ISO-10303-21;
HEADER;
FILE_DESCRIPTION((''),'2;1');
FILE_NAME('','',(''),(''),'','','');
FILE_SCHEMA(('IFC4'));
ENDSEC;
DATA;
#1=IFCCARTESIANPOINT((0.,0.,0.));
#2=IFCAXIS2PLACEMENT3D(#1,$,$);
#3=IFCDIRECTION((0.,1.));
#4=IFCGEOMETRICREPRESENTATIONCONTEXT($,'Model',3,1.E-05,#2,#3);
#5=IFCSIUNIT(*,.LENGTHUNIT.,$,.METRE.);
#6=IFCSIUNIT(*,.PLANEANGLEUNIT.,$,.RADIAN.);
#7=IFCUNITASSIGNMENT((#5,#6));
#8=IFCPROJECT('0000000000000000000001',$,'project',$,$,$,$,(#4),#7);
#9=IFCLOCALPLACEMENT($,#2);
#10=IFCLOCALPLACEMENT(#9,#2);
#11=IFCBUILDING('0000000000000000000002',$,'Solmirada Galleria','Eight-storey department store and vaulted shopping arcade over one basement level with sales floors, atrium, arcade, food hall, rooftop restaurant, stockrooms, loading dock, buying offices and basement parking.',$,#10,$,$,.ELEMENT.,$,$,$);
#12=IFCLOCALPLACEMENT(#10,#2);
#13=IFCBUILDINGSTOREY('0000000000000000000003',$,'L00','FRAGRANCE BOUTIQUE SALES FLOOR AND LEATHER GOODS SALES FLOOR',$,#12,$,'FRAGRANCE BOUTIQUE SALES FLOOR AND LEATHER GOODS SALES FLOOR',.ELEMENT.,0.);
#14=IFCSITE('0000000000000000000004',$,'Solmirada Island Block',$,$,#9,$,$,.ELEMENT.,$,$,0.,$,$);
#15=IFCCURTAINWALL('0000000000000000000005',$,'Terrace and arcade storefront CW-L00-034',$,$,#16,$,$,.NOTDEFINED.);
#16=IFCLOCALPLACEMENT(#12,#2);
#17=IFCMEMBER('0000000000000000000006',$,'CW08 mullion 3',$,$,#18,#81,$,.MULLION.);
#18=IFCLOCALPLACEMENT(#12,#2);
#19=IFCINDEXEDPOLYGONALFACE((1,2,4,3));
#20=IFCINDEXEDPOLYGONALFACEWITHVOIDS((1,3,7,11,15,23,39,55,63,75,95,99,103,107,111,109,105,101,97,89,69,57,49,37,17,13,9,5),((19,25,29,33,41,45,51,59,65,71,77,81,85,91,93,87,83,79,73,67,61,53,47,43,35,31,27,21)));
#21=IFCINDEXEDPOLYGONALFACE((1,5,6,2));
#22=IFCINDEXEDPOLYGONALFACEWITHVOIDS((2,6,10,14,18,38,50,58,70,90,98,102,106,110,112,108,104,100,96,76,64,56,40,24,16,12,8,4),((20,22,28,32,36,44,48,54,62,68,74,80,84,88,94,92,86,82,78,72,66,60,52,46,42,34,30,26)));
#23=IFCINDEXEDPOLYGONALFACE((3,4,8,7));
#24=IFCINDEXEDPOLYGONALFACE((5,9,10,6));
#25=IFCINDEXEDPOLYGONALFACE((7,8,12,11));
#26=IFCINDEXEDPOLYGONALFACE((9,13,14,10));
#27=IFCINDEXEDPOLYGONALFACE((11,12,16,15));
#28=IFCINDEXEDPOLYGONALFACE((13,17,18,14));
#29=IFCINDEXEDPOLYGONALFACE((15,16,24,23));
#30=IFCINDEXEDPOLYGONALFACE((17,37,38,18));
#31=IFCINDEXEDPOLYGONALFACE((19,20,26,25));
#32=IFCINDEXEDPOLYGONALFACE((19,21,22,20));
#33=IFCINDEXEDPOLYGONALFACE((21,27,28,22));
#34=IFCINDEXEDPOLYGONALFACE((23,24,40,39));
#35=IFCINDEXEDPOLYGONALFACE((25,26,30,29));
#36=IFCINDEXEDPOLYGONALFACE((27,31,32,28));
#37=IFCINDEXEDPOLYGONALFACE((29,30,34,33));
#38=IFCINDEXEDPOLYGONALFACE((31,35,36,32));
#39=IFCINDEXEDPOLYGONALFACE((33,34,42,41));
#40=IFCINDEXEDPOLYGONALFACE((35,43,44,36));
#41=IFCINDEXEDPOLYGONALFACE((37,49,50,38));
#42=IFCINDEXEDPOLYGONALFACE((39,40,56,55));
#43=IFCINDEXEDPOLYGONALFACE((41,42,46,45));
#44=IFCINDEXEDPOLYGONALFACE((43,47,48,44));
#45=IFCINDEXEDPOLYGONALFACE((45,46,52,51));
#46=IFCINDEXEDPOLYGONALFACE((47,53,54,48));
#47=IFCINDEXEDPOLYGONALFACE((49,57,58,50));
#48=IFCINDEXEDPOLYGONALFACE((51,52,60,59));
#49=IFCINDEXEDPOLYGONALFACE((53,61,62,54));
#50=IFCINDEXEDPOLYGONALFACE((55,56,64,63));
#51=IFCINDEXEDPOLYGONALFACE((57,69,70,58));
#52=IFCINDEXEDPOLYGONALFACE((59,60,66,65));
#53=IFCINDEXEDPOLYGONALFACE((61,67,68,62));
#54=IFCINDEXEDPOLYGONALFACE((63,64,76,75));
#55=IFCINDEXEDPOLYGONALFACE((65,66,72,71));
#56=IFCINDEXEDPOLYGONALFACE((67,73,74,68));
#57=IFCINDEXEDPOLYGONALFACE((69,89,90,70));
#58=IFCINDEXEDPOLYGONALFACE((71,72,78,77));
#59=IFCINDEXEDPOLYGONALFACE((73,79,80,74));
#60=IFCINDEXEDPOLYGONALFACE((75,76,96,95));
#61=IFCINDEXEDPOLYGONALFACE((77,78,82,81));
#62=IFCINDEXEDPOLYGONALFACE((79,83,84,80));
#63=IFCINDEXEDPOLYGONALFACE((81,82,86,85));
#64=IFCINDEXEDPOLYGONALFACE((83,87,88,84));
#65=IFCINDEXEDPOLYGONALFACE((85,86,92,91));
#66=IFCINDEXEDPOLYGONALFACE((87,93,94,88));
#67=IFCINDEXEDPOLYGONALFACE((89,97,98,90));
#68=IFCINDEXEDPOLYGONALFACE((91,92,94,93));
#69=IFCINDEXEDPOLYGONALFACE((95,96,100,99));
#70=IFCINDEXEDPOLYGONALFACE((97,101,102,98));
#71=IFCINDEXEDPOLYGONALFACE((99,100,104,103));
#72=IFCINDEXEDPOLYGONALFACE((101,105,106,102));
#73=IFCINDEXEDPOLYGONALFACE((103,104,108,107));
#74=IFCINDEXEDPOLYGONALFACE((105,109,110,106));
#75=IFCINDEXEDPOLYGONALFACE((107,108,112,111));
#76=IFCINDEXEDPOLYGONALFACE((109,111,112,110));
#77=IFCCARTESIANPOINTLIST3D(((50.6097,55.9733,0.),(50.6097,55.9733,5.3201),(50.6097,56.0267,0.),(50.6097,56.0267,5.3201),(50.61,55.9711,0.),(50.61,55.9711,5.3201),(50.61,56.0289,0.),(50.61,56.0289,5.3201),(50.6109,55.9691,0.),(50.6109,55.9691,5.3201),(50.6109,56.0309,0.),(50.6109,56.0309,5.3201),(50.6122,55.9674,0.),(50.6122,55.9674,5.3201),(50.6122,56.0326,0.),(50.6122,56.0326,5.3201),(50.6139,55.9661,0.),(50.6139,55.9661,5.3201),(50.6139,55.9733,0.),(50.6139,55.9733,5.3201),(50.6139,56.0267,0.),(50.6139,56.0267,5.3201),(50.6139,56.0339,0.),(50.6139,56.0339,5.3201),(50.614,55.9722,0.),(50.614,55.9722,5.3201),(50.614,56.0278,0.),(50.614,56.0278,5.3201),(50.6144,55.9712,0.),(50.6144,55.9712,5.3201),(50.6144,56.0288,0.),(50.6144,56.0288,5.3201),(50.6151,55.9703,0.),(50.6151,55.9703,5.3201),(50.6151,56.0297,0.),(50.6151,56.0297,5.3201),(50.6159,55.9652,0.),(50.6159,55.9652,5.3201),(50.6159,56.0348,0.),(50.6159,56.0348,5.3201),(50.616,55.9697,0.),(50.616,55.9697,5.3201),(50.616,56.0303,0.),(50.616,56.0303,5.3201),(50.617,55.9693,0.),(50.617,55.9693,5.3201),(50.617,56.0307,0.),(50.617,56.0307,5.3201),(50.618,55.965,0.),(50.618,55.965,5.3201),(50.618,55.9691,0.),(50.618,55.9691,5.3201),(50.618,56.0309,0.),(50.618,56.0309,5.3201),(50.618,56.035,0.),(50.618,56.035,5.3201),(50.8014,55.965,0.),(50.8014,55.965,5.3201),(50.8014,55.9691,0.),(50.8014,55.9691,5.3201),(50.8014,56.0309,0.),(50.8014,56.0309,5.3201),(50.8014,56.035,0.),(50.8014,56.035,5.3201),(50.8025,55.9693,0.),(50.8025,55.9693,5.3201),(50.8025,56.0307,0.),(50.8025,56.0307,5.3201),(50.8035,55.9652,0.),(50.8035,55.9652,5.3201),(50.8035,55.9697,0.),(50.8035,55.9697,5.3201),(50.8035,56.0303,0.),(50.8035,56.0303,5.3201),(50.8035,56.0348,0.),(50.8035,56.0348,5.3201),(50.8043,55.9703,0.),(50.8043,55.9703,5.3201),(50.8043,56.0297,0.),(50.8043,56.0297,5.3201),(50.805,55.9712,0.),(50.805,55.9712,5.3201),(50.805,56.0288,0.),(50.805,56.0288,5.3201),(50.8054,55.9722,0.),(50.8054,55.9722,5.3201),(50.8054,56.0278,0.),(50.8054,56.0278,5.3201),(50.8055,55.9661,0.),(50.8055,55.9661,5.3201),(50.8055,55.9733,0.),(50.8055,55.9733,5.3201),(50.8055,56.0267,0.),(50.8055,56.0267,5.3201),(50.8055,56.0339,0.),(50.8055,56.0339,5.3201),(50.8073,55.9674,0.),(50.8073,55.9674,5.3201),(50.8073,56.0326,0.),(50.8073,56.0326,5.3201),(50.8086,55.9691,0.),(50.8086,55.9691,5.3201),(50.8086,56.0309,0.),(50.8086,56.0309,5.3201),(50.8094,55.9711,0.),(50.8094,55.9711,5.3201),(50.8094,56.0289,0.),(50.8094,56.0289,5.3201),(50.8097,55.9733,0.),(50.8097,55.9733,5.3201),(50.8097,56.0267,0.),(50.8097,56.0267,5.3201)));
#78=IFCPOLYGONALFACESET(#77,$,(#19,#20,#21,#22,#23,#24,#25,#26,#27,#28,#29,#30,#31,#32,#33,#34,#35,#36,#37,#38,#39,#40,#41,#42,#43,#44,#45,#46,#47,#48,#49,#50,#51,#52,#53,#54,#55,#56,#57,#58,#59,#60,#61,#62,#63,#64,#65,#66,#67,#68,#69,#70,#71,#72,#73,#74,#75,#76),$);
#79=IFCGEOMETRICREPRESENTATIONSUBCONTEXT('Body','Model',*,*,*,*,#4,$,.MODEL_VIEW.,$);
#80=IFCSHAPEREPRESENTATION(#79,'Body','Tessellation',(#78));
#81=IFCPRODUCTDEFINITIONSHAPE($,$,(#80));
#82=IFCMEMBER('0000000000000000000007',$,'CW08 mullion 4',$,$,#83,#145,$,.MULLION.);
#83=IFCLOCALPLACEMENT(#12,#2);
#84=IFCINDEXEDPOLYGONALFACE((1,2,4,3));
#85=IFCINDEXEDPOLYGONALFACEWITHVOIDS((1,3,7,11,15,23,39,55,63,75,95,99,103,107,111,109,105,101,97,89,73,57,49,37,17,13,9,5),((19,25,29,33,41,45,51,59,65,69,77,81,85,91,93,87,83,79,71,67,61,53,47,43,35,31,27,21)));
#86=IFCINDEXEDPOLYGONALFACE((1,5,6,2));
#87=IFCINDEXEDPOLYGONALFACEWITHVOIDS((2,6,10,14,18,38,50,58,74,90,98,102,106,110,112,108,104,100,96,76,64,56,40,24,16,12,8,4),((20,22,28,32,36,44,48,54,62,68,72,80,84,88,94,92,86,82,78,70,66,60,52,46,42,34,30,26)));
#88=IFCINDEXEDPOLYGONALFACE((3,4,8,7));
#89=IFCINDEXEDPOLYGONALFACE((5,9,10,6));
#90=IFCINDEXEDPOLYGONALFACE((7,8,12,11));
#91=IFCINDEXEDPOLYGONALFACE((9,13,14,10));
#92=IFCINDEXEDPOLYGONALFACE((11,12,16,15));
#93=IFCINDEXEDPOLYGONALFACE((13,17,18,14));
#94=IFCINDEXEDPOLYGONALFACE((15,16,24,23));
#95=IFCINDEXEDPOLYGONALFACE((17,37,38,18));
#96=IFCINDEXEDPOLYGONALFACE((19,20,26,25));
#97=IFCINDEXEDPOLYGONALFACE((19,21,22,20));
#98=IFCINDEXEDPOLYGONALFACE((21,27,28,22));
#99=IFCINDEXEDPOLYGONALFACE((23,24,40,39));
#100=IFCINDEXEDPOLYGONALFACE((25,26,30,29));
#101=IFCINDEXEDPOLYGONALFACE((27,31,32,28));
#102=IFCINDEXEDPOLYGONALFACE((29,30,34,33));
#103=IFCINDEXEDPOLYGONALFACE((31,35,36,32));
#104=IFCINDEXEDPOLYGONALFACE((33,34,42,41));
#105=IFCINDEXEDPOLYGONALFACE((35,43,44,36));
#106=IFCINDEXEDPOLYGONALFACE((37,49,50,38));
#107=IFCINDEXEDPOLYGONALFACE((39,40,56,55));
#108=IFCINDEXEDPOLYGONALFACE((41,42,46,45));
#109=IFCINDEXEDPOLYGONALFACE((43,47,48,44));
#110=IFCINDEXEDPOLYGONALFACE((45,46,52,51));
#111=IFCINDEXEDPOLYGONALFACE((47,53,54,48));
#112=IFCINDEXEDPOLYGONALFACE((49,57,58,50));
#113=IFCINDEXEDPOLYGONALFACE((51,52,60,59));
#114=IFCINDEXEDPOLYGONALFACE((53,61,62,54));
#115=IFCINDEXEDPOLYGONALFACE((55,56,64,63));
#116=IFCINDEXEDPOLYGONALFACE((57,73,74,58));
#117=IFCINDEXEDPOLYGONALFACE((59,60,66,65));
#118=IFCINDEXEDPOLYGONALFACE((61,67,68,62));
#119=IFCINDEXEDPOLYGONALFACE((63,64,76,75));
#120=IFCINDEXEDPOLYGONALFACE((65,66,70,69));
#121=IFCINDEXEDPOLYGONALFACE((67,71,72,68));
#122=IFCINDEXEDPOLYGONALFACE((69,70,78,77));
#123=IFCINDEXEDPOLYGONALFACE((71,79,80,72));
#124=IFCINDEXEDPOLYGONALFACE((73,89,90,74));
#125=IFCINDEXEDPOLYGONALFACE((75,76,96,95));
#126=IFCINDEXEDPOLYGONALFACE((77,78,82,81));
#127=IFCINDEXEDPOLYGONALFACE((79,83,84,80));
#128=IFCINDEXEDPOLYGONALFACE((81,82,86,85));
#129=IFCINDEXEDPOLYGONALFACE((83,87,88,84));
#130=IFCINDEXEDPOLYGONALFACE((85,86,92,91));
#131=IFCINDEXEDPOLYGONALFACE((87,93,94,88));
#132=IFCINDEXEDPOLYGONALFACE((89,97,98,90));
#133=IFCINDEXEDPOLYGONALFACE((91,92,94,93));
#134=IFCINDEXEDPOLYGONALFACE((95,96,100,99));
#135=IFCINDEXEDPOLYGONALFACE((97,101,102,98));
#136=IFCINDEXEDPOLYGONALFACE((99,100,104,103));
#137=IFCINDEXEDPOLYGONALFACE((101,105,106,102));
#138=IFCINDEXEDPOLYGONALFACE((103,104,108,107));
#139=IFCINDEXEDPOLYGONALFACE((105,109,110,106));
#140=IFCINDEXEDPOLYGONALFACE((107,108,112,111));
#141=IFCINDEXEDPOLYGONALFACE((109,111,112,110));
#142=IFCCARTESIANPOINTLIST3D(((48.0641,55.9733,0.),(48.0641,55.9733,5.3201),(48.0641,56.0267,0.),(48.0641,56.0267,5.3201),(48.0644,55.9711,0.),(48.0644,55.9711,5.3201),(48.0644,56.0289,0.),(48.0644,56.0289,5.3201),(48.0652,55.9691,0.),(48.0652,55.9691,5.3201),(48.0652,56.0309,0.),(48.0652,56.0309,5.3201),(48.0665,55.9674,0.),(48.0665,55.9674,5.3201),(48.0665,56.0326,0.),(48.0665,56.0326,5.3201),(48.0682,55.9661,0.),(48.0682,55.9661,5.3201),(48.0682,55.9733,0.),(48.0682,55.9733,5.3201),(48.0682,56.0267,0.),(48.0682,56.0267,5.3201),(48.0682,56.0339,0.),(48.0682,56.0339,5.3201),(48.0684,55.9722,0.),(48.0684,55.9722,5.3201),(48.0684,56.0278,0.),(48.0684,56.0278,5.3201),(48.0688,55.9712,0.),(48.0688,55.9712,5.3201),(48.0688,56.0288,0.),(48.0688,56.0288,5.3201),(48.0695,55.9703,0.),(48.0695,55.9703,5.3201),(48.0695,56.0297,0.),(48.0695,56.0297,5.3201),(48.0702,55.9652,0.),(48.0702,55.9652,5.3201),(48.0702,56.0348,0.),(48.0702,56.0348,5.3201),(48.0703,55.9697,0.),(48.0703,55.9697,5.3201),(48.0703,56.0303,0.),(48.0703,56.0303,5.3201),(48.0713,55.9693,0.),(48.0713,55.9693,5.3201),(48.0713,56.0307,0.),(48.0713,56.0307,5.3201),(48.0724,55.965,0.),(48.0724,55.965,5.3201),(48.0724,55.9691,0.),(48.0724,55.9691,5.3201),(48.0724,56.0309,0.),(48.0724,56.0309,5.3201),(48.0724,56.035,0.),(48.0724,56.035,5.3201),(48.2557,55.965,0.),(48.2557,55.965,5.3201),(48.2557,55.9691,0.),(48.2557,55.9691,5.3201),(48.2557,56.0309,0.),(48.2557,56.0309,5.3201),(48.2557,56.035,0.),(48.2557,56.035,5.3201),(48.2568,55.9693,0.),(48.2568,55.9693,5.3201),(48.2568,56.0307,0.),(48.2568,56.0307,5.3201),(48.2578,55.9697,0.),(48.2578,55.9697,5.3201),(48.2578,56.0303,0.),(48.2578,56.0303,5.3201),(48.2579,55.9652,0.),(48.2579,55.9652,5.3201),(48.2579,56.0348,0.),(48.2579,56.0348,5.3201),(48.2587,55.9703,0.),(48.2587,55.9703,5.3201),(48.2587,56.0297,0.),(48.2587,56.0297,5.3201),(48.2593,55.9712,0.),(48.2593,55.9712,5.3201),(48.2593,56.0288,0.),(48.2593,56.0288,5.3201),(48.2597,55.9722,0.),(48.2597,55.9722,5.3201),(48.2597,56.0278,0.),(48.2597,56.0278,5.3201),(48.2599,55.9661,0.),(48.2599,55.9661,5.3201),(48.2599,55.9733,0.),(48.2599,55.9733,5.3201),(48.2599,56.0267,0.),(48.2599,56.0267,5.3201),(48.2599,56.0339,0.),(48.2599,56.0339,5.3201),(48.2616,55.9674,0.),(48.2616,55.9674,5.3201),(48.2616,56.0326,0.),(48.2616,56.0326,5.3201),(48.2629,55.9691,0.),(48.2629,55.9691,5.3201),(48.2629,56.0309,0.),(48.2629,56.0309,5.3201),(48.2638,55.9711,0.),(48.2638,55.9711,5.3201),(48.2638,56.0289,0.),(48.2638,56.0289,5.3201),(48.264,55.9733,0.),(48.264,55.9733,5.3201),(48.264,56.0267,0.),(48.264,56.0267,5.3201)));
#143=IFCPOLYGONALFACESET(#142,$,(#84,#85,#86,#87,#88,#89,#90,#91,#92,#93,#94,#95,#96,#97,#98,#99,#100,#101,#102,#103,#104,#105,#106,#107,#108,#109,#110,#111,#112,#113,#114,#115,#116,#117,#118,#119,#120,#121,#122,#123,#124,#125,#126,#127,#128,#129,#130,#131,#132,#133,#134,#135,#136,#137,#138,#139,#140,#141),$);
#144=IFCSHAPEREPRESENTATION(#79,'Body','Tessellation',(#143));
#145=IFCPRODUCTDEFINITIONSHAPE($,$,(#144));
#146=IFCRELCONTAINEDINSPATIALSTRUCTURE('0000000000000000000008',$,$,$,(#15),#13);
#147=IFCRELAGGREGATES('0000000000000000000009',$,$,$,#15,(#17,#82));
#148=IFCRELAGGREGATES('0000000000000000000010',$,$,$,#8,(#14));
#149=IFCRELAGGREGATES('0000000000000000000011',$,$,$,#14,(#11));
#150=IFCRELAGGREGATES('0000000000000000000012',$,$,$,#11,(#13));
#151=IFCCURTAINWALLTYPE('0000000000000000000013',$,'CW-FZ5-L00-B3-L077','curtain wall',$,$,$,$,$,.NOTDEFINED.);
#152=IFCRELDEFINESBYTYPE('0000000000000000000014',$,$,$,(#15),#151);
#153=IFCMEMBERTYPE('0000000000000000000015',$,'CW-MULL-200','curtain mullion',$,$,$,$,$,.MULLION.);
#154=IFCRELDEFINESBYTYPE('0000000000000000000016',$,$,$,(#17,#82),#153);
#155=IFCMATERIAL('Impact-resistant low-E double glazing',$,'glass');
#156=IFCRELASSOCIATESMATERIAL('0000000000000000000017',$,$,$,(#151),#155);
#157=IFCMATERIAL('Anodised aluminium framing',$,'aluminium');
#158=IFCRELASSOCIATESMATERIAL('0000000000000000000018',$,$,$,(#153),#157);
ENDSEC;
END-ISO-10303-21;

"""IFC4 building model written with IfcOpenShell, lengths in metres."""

from ifc_helpers import new_model, si_unit, direction, frame, origin, origin_2d, place, context, subcontext, project, spatial, hollow_rectangle, extrude, material, material_profile, profile_set, type_object, element, aggregate, save


model = new_model("IFC4")

# Units and contexts
model_context = context("Model", 3, precision=1e-05, world=origin(), true_north=direction((0.0, 1.0)))
body_context = subcontext(model_context, "Body", "Model", "MODEL_VIEW")
ifc_project = project(units=[si_unit("LENGTHUNIT", "METRE"), si_unit("PLANEANGLEUNIT", "RADIAN")], contexts=[model_context])

# Site, building, storey
site_placement = place(None, origin())
site = spatial("IfcSite", under=ifc_project, at=site_placement, Name="Solmirada Island Block", CompositionType="ELEMENT", RefElevation=0.0)
building_placement = place(site_placement, origin())
building = spatial("IfcBuilding", under=site, at=building_placement, Name="Solmirada Galleria", Description="Eight-storey department store and vaulted shopping arcade over one basement level with sales floors, atrium, arcade, food hall, rooftop restaurant, stockrooms, loading dock, buying offices and basement parking.", CompositionType="ELEMENT")
storey_placement = place(building_placement, origin())
storey = spatial("IfcBuildingStorey", under=building, at=storey_placement, Name="L00", Description="FRAGRANCE BOUTIQUE SALES FLOOR AND LEATHER GOODS SALES FLOOR", LongName="FRAGRANCE BOUTIQUE SALES FLOOR AND LEATHER GOODS SALES FLOOR", CompositionType="ELEMENT", Elevation=0.0)

# Curtain wall, members
ifc_material_1 = material(Name="Impact-resistant low-E double glazing", Category="glass")
curtain_wall_type = type_object("IfcCurtainWallType", Name="CW-FZ5-L00-B3-L077", Description="curtain wall", PredefinedType="NOTDEFINED", material=ifc_material_1)
curtain_wall_placement = place(storey_placement, origin())
curtain_wall = element("IfcCurtainWall", 1, at=curtain_wall_placement, inside=storey, type_object=curtain_wall_type, Name="Terrace and arcade storefront CW-L00-034", PredefinedType="NOTDEFINED")
ifc_material_2 = material(Name="Anodised aluminium framing", Category="aluminium")
ifc_material_profile_1 = material_profile(ifc_material_2, hollow_rectangle(XDim=0.0701, YDim=0.2, WallThickness=0.0042, InnerFilletRadius=0.0042, OuterFilletRadius=0.0083, at=origin_2d()), Name="ALU-MULL-200X70")
ifc_profile_set_1 = profile_set([ifc_material_profile_1], Name="Anodised aluminium framing")
member_type_1 = type_object("IfcMemberType", Name="CW-MULL-200", Description="curtain mullion", PredefinedType="MULLION", material=ifc_profile_set_1)
member_1_placement = place(storey_placement, frame((50.7097, 56.0, 0.0), z_axis=(0.0, 0.0, 1.0), x_axis=(0.0, -1.0, 0.0)))
member_1 = element("IfcMember", 2, at=member_1_placement, type_object=member_type_1, Name="CW08 mullion 3", PredefinedType="MULLION", context=body_context, shape_type="SweptSolid", body=[
    extrude(hollow_rectangle(XDim=0.0701, YDim=0.2, WallThickness=0.0042, InnerFilletRadius=0.0042, OuterFilletRadius=0.0083, at=origin_2d()), origin(), (0.0, 0.0, 1.0), 5.3201),
])
member_2_placement = place(storey_placement, frame((48.1641, 56.0, 0.0), z_axis=(0.0, 0.0, 1.0), x_axis=(0.0, -1.0, 0.0)))
member_2 = element("IfcMember", 3, at=member_2_placement, type_object=member_type_1, Name="CW08 mullion 4", PredefinedType="MULLION", context=body_context, shape_type="SweptSolid", body=[
    extrude(hollow_rectangle(XDim=0.0701, YDim=0.2, WallThickness=0.0042, InnerFilletRadius=0.0042, OuterFilletRadius=0.0083, at=origin_2d()), origin(), (0.0, 0.0, 1.0), 5.3201),
])
aggregate(curtain_wall, [member_1, member_2])

save(model, "model.ifc")
